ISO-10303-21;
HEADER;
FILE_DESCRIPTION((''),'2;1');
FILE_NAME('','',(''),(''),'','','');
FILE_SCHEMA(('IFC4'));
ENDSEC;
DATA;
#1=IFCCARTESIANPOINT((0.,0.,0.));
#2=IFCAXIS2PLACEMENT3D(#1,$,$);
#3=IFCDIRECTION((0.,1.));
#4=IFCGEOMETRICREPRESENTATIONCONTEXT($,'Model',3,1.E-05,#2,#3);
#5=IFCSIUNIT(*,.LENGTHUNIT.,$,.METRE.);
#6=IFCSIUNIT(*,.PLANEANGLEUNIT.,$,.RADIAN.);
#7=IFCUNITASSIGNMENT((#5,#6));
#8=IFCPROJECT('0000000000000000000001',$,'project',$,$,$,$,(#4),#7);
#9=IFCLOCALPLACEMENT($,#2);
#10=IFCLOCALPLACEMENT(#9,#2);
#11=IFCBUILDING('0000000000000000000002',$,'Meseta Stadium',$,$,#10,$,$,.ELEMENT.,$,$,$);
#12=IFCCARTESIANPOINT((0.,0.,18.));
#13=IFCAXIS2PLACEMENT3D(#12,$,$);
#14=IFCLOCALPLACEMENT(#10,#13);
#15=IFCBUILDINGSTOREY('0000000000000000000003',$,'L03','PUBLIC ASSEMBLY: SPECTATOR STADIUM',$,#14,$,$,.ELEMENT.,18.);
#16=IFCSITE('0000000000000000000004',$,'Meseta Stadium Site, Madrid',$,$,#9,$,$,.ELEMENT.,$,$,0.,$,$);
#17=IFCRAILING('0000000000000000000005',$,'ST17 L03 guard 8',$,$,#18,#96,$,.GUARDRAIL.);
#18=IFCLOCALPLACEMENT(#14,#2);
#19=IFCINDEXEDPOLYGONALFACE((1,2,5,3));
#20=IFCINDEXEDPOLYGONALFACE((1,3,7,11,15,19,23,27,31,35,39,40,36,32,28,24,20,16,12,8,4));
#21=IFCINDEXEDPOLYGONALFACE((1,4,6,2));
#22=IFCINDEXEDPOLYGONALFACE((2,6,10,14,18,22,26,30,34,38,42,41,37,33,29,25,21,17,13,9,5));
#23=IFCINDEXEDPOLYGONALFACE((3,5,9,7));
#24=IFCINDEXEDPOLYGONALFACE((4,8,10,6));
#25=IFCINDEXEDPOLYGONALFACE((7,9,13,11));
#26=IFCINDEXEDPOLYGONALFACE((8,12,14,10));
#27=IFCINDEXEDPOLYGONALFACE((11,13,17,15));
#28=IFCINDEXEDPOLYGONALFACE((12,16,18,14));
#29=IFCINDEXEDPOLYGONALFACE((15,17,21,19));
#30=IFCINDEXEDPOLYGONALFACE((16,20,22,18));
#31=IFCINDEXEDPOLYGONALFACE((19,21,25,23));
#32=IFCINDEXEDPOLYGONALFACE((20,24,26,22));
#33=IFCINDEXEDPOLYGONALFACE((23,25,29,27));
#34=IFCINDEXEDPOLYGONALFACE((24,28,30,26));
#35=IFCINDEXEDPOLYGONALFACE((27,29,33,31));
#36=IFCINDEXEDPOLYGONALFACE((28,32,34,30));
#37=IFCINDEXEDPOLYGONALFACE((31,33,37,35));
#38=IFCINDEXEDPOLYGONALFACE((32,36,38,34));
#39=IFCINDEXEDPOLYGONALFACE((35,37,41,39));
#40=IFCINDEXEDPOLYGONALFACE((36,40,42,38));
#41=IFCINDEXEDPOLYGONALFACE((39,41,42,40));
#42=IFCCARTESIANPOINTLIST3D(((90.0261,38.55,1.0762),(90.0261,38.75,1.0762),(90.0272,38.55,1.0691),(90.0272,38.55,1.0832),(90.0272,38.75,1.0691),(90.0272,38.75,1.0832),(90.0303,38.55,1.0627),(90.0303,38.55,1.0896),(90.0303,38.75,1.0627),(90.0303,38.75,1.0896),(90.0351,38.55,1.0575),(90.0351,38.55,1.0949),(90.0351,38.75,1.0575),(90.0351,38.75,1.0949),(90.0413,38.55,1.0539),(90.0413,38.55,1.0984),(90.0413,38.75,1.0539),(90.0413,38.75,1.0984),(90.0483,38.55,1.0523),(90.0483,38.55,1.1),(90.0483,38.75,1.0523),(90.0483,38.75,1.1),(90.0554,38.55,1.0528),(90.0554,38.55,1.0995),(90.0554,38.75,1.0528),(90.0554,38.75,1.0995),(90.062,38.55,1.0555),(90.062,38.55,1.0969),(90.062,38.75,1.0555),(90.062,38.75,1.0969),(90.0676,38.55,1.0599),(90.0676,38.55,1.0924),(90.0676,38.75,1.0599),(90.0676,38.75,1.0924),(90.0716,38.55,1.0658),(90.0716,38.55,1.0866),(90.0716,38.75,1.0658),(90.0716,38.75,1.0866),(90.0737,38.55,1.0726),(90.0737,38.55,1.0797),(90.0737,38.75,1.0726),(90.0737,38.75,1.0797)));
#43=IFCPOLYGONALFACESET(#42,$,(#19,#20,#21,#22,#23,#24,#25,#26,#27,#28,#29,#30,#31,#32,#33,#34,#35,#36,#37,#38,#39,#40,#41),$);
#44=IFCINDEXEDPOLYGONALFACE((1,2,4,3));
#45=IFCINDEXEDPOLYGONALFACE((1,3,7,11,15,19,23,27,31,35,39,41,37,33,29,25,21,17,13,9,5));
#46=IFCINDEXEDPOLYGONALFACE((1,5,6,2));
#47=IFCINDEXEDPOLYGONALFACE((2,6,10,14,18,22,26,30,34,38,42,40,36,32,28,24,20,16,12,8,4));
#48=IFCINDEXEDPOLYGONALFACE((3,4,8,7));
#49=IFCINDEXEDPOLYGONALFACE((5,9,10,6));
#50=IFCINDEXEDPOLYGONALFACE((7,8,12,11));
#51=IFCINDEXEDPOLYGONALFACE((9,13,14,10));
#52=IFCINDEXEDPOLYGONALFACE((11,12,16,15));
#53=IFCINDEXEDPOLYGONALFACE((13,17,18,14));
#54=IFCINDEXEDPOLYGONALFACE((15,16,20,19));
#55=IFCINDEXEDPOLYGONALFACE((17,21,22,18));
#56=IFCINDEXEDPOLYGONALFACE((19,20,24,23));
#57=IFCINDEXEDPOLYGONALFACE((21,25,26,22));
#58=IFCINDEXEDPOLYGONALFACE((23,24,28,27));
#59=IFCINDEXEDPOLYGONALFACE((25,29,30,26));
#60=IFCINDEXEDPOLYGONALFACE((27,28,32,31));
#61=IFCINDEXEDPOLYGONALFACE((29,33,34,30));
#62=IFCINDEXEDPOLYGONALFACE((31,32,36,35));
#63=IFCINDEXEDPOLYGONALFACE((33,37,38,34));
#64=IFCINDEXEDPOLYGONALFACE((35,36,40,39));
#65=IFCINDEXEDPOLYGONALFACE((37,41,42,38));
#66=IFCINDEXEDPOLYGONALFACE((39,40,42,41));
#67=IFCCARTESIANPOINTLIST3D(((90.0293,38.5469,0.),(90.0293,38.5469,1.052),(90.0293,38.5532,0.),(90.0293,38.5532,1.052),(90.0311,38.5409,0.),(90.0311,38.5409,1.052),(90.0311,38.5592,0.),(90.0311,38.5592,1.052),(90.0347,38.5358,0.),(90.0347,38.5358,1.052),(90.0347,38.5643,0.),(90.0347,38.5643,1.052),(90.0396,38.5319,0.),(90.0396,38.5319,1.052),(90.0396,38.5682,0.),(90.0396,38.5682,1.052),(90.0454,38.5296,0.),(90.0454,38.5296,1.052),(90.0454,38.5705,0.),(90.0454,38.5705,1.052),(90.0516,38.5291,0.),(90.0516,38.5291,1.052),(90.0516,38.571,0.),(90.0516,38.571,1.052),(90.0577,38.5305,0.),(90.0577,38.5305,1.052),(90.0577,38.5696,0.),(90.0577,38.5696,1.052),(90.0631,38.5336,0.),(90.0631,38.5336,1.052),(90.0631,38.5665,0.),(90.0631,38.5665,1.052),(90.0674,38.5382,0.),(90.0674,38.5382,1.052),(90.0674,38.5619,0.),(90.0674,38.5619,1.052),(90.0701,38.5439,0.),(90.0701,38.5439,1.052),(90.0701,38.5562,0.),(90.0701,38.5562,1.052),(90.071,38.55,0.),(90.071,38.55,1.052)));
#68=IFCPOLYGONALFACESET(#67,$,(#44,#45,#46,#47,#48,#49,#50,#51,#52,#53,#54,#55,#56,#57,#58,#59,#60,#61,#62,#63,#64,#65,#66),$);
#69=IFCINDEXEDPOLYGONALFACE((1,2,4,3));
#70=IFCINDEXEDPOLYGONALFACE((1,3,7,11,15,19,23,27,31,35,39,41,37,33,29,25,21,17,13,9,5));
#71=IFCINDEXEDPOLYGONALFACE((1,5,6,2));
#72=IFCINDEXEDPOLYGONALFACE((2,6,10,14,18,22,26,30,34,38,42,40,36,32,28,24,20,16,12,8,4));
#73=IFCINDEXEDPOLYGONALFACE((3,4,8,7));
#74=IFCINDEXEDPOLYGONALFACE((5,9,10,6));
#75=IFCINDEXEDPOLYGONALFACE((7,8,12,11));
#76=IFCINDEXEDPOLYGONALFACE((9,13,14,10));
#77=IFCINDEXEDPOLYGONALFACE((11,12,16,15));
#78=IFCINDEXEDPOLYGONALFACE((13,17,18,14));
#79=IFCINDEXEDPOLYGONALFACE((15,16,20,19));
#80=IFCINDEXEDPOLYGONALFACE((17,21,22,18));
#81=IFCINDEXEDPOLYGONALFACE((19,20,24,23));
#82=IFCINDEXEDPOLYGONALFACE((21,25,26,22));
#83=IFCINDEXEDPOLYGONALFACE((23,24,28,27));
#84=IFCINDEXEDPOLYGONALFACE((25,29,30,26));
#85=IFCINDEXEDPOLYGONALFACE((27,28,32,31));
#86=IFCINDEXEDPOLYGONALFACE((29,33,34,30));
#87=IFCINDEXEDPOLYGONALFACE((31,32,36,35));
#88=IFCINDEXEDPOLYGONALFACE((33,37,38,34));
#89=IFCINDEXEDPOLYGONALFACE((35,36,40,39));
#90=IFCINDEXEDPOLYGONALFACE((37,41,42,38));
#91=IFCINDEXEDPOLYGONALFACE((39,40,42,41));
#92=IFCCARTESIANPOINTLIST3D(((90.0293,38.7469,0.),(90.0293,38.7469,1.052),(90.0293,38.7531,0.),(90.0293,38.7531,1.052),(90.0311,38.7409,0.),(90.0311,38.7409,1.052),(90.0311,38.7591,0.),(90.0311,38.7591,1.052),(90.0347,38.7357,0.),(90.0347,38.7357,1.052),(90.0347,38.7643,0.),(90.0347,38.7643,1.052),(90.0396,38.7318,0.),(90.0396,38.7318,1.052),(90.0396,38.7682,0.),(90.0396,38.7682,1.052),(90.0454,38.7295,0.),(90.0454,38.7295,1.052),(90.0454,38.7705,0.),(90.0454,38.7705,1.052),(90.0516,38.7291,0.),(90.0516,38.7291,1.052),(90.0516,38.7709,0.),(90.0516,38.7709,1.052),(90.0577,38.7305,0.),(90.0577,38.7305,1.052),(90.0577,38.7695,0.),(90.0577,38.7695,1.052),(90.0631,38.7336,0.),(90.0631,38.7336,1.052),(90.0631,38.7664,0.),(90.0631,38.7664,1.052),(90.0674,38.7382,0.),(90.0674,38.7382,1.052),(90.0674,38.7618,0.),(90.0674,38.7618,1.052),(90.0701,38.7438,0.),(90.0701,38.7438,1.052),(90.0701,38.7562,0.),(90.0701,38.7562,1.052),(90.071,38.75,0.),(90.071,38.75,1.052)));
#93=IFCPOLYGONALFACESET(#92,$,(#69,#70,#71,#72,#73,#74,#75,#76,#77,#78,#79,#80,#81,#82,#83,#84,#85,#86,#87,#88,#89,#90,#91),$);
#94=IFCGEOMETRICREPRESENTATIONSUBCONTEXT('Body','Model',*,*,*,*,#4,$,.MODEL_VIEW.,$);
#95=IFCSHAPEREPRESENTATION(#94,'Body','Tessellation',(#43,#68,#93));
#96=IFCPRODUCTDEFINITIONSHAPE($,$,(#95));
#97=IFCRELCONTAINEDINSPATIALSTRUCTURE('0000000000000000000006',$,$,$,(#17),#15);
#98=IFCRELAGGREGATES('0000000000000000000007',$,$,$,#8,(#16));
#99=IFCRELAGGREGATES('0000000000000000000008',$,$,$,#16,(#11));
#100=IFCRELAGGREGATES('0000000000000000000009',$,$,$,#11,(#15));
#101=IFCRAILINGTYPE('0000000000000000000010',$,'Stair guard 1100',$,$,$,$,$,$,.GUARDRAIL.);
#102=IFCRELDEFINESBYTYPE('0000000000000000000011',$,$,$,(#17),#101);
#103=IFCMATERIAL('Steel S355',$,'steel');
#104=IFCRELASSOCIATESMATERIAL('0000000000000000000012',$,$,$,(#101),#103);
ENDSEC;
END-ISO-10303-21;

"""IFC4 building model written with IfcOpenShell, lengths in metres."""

from ifc_helpers import new_model, si_unit, direction, frame, origin, origin_2d, place, context, subcontext, project, spatial, circle, extrude, material, type_object, element, save


model = new_model("IFC4")

# Units and contexts
model_context = context("Model", 3, precision=1e-05, world=origin(), true_north=direction((0.0, 1.0)))
body_context = subcontext(model_context, "Body", "Model", "MODEL_VIEW")
ifc_project = project(units=[si_unit("LENGTHUNIT", "METRE"), si_unit("PLANEANGLEUNIT", "RADIAN")], contexts=[model_context])

# Site, building, storey
site_placement = place(None, origin())
site = spatial("IfcSite", under=ifc_project, at=site_placement, Name="Meseta Stadium Site, Madrid", CompositionType="ELEMENT", RefElevation=0.0)
building_placement = place(site_placement, origin())
building = spatial("IfcBuilding", under=site, at=building_placement, Name="Meseta Stadium", CompositionType="ELEMENT")
storey_placement = place(building_placement, frame((0.0, 0.0, 18.0)))
storey = spatial("IfcBuildingStorey", under=building, at=storey_placement, Name="L03", Description="PUBLIC ASSEMBLY: SPECTATOR STADIUM", CompositionType="ELEMENT", Elevation=18.0)

# Railing
ifc_material_1 = material(Name="Steel S355", Category="steel")
railing_type_1 = type_object("IfcRailingType", Name="Stair guard 1100", PredefinedType="GUARDRAIL", material=ifc_material_1)
railing_1_placement = place(storey_placement, frame((90.05, 38.55, 0.0)))
element("IfcRailing", 1, at=railing_1_placement, inside=storey, type_object=railing_type_1, Name="ST17 L03 guard 8", PredefinedType="GUARDRAIL", context=body_context, shape_type="SweptSolid", body=[
    extrude(circle(Radius=0.0239, at=origin_2d()), frame((0.0, 0.0, 1.0762), z_axis=(0.0, 1.0, 0.0), x_axis=(-1.0, 0.0, 0.0)), (0.0, 0.0, 1.0), 0.2),
    extrude(circle(Radius=0.021, at=origin_2d()), origin(), (0.0, 0.0, 1.0), 1.052),
    extrude(circle(Radius=0.021, at=origin_2d()), frame((0.0, 0.2, 0.0)), (0.0, 0.0, 1.0), 1.052),
])

save(model, "model.ifc")
